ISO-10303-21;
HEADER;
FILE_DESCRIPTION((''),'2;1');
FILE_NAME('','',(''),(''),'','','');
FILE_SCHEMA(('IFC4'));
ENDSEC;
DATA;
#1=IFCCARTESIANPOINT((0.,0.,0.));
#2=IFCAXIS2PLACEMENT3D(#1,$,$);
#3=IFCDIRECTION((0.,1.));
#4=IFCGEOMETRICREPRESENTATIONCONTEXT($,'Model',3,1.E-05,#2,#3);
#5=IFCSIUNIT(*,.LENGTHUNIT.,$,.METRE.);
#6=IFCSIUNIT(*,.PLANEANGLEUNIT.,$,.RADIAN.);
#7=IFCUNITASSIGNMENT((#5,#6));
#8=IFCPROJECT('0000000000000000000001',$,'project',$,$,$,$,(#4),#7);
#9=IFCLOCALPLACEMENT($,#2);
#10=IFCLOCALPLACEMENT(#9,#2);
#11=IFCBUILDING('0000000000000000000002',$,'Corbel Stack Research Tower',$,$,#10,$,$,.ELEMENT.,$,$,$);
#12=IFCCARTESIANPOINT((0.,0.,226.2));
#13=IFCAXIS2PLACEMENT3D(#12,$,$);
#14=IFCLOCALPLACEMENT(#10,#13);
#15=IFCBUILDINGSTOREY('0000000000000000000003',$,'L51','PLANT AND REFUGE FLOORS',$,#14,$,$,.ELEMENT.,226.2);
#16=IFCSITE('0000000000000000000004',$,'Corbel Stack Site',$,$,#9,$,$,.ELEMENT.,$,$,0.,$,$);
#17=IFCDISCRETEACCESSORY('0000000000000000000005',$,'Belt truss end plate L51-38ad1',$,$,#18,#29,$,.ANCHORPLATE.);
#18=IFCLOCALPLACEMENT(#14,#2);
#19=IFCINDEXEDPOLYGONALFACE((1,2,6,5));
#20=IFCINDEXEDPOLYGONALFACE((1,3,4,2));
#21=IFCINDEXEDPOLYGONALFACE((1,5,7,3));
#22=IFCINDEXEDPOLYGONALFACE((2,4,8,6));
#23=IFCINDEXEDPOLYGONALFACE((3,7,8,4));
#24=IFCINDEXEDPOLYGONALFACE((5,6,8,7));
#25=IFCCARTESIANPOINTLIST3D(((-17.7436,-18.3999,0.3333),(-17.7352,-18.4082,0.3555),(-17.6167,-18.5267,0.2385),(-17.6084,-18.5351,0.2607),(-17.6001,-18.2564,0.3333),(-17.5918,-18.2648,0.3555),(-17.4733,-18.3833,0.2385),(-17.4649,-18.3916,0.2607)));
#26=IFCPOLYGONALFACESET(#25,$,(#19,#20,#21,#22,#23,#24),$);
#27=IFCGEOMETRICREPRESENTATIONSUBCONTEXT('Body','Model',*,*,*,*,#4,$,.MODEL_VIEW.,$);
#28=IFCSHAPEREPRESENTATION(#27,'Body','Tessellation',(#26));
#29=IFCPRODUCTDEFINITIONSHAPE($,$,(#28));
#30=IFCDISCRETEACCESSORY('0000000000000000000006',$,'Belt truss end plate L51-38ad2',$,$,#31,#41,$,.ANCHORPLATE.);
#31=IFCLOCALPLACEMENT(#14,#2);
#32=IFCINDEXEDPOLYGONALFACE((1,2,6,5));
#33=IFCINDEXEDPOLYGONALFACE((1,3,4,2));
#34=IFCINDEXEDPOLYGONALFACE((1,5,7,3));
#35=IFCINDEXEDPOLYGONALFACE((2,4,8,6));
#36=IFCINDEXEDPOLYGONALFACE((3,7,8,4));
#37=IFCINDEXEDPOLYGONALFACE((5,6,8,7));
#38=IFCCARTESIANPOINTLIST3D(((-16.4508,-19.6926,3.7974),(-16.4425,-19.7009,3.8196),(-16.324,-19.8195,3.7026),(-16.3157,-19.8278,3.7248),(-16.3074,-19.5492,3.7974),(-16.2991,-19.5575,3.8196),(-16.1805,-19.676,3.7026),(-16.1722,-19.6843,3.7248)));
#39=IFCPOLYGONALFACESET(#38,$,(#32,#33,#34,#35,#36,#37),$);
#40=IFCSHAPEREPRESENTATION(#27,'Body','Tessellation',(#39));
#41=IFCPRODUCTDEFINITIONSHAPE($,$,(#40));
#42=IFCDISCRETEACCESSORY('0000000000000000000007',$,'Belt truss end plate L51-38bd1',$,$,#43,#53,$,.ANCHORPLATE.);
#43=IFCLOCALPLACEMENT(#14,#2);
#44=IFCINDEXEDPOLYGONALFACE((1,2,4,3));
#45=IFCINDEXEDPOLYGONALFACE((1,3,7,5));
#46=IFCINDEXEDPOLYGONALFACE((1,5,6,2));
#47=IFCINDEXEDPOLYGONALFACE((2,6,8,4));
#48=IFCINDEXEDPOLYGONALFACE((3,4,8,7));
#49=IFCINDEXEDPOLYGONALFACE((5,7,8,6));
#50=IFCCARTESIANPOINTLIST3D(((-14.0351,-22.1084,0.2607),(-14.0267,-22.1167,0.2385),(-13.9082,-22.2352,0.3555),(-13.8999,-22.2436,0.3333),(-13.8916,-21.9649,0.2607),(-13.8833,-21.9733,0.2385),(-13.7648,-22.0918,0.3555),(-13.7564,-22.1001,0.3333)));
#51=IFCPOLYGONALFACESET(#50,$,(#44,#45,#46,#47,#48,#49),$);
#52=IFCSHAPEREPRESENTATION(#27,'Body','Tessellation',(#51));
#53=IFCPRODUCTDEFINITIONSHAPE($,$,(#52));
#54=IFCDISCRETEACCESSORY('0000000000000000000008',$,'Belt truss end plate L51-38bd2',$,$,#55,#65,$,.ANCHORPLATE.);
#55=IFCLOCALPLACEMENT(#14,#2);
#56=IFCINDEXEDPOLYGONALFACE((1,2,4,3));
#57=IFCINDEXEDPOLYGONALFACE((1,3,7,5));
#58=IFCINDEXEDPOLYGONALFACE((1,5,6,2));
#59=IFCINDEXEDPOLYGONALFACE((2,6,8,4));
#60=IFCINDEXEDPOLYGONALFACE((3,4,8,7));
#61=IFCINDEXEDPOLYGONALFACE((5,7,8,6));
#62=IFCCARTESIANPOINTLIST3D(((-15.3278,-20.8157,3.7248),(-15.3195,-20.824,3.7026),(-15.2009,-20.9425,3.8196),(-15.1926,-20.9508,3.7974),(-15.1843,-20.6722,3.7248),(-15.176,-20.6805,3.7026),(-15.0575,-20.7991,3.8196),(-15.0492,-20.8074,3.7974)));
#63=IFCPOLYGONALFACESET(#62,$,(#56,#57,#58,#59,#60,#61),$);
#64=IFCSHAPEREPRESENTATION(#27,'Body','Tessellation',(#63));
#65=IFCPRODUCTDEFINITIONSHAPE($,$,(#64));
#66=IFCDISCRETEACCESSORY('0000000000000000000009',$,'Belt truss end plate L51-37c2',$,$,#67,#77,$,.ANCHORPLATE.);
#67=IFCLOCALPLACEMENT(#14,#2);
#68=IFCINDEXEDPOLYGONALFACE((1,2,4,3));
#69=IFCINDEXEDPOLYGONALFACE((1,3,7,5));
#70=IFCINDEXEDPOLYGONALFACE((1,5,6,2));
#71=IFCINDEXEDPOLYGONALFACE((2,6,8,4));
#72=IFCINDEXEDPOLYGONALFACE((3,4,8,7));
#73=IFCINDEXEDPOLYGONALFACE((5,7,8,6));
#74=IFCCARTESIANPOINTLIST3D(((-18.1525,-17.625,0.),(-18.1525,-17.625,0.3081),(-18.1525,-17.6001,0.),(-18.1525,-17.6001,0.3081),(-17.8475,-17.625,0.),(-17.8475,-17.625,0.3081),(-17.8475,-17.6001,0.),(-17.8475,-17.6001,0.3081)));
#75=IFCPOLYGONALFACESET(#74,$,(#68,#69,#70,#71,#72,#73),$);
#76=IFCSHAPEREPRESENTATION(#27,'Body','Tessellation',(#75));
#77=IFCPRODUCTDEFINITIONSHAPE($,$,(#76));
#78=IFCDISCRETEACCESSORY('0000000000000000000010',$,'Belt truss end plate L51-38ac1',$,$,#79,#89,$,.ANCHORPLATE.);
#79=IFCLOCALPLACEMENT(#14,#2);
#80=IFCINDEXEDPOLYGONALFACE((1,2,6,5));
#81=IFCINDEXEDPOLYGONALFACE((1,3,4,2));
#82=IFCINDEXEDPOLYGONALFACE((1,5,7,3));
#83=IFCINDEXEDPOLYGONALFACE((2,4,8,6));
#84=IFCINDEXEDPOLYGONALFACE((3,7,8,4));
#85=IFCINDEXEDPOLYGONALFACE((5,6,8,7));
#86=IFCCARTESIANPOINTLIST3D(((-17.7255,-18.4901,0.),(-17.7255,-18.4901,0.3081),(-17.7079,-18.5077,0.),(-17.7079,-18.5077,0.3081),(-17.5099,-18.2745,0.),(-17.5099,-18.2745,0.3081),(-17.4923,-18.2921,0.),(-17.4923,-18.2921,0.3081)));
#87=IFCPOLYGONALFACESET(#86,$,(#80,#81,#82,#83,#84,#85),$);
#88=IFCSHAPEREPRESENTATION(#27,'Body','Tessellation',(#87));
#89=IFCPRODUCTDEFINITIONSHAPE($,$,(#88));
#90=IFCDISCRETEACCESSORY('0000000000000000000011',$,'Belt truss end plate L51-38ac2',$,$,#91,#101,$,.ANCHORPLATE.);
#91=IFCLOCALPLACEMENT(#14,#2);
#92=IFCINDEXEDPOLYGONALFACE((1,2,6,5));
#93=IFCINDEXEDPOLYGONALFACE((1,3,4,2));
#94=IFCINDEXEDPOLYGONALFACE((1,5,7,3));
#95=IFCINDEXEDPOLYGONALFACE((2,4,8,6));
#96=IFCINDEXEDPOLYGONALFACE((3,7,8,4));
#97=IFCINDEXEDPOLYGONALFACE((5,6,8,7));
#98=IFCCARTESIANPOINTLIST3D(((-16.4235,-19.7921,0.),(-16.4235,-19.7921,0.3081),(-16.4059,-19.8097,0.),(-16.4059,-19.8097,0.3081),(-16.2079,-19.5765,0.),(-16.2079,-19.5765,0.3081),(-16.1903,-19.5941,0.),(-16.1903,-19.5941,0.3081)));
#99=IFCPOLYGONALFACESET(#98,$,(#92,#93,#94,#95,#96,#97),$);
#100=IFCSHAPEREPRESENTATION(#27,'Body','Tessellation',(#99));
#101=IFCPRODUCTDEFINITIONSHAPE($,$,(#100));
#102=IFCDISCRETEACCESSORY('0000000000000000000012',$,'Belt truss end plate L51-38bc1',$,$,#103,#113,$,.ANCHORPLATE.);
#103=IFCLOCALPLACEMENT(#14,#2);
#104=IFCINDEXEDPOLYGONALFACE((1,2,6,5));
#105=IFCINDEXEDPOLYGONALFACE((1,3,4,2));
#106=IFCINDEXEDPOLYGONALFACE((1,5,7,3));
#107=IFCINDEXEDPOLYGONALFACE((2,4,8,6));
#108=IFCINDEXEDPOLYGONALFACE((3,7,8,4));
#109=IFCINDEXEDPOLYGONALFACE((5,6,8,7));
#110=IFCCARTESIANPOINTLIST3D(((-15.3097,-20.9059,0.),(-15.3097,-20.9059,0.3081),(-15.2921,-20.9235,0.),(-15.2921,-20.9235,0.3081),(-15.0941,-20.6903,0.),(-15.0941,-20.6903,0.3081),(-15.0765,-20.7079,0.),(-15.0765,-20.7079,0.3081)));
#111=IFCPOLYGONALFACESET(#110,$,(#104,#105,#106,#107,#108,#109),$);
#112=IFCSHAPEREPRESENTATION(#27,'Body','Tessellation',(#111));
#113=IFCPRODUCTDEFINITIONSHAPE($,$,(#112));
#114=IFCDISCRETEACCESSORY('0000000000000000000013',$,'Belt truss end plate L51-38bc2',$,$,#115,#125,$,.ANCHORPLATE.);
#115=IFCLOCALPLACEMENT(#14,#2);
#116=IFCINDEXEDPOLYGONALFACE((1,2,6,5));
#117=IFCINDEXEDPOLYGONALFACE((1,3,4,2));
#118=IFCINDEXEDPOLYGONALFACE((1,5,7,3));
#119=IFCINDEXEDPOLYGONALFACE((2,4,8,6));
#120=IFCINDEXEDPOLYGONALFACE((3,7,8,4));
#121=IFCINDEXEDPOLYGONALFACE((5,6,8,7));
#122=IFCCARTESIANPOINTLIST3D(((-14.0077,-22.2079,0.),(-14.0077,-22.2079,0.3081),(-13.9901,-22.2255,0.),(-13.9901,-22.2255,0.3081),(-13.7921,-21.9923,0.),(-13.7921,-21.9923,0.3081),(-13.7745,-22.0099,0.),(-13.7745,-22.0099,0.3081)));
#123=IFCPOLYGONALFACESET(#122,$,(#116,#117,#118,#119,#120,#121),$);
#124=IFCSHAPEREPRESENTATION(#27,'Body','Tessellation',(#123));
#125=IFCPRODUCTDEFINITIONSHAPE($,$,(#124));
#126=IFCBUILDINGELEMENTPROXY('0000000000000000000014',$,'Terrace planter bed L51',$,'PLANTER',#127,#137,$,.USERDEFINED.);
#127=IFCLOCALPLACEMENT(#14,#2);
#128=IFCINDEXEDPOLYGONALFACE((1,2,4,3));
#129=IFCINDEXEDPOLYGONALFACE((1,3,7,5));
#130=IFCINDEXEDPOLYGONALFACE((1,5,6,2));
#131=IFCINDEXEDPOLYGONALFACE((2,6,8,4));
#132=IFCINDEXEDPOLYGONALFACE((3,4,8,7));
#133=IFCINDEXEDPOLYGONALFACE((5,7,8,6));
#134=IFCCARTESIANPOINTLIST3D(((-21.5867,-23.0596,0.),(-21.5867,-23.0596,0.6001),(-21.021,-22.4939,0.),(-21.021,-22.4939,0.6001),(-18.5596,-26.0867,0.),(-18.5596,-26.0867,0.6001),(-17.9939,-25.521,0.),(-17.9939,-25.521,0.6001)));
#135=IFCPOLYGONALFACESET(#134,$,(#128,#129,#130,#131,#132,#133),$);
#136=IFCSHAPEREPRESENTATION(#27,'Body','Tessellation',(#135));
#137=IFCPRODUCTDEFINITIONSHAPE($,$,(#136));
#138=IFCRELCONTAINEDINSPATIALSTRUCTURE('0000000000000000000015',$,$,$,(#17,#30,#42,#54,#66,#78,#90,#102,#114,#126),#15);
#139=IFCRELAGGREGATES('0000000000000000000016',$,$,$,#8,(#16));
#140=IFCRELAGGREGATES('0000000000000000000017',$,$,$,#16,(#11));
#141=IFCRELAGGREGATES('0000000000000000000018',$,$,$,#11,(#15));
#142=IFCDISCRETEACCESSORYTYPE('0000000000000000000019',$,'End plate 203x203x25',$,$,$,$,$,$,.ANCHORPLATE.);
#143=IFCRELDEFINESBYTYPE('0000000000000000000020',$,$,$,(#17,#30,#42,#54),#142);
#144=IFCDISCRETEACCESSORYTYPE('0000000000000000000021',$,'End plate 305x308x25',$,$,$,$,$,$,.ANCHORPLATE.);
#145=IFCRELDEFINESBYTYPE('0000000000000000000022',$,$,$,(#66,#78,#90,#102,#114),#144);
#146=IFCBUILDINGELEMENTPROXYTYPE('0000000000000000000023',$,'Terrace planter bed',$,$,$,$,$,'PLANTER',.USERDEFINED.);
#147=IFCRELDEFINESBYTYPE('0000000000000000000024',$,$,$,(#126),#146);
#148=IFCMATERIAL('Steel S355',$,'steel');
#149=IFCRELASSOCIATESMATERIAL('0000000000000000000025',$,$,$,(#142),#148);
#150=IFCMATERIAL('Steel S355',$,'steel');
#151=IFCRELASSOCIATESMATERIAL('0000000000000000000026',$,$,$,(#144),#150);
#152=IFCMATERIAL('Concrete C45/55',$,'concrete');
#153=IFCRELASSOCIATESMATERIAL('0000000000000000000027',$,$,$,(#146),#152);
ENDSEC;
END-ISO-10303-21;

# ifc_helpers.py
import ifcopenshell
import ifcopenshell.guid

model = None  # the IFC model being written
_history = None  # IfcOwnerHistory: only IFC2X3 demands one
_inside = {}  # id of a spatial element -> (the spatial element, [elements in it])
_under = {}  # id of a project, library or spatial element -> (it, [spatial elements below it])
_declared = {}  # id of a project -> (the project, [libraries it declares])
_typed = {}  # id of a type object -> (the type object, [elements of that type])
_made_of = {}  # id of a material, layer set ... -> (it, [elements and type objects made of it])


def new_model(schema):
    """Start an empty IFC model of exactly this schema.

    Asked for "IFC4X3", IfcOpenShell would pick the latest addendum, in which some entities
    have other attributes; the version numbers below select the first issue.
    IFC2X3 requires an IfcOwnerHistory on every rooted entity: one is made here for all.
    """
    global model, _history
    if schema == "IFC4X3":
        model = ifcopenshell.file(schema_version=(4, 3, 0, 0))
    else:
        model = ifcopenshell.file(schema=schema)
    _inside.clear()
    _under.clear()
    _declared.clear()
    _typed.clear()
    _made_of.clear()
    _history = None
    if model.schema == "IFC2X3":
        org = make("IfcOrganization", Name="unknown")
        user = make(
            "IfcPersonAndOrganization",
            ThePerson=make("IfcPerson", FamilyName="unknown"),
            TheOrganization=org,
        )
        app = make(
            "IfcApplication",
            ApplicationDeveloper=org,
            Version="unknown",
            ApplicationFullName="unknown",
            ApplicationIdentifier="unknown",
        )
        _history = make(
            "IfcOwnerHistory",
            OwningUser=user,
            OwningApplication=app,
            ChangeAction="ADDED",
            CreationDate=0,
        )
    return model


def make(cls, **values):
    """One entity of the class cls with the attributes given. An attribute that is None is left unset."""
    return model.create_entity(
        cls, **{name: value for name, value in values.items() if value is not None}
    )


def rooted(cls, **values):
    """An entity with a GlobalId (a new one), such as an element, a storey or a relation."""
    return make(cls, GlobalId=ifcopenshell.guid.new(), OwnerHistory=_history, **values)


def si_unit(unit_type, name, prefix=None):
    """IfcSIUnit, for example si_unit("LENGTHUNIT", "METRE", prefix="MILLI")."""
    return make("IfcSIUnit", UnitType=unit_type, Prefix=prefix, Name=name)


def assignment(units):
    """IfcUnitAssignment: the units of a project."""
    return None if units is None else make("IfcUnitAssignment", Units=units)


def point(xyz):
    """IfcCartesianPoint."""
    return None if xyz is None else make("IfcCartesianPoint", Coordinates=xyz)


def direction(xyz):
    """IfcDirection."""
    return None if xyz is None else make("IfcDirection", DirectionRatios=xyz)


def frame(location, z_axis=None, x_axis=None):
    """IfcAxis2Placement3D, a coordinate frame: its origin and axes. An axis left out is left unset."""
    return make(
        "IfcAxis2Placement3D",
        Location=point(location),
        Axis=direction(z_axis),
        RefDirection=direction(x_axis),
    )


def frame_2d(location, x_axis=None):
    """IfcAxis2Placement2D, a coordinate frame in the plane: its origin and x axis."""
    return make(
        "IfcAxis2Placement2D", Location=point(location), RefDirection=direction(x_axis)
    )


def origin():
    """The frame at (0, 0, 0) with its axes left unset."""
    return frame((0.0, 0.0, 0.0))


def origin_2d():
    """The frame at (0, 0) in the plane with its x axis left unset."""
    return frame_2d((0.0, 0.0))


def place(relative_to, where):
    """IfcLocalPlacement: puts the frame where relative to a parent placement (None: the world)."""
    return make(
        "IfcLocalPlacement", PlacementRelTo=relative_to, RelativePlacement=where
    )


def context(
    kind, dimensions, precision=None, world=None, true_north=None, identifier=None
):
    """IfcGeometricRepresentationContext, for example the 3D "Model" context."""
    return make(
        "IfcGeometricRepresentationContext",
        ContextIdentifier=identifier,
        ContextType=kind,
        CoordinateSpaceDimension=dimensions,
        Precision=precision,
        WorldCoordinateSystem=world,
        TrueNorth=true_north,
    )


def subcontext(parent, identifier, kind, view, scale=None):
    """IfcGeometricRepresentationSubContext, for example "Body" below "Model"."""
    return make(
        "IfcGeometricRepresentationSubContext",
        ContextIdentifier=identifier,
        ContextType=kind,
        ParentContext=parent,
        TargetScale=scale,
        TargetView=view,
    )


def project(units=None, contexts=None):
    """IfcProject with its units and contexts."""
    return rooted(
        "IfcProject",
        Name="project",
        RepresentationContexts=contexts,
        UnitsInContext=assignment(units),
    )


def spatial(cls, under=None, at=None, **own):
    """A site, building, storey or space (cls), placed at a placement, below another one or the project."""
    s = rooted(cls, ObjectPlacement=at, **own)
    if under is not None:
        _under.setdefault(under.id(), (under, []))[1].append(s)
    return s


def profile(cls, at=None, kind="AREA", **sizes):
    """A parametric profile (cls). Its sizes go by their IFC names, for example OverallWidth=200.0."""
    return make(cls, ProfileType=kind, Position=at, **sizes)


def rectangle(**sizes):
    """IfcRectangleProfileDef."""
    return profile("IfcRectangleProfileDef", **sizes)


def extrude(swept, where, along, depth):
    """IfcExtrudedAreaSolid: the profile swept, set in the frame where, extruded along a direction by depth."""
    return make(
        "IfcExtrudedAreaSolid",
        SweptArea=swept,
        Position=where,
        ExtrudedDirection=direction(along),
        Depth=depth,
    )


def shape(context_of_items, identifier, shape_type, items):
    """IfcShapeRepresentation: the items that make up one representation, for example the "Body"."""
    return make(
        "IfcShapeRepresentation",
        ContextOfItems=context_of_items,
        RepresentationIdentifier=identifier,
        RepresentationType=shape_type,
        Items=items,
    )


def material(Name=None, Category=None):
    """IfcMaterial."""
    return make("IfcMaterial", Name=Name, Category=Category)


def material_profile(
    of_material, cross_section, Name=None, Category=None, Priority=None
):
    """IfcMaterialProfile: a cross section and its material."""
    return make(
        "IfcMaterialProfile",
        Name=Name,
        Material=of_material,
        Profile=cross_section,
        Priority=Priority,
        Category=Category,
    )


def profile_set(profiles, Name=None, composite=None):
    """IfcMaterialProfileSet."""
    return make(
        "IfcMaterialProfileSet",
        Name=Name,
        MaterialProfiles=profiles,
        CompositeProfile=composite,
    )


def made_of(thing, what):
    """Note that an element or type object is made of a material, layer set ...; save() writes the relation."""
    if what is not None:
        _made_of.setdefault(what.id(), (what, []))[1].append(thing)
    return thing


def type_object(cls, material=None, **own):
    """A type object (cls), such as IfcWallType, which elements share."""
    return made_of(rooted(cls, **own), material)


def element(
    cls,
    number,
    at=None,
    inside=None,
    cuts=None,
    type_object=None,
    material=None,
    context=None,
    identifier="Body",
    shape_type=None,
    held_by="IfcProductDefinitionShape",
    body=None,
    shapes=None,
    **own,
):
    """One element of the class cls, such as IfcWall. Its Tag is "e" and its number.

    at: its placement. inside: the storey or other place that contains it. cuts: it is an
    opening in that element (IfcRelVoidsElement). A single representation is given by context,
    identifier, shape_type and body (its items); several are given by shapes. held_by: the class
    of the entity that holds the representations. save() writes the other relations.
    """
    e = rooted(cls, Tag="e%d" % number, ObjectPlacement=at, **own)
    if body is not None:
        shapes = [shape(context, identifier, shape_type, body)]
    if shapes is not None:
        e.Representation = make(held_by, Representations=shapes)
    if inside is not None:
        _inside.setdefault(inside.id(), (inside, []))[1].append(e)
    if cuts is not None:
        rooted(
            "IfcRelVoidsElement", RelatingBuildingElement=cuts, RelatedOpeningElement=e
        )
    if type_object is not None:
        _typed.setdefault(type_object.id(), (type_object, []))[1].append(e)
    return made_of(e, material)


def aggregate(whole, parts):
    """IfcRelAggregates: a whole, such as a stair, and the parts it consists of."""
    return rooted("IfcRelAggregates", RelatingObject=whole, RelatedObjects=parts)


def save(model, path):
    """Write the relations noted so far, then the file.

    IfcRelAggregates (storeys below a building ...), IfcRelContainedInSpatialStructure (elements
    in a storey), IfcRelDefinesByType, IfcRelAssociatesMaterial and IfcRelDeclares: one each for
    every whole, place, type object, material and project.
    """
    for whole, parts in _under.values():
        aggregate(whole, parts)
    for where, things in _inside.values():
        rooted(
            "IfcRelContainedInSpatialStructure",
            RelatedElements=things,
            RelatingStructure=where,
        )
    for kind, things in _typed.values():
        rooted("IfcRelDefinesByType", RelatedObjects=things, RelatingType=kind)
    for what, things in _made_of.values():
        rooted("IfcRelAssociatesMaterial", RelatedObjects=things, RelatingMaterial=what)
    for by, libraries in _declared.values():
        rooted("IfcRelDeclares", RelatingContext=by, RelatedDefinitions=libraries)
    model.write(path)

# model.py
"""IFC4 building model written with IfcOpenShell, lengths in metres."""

from ifc_helpers import new_model, si_unit, direction, frame, origin, origin_2d, place, context, subcontext, project, spatial, rectangle, extrude, material, material_profile, profile_set, type_object, element, save


model = new_model("IFC4")

# Units and contexts
model_context = context("Model", 3, precision=1e-05, world=origin(), true_north=direction((0.0, 1.0)))
body_context = subcontext(model_context, "Body", "Model", "MODEL_VIEW")
ifc_project = project(units=[si_unit("LENGTHUNIT", "METRE"), si_unit("PLANEANGLEUNIT", "RADIAN")], contexts=[model_context])

# Site, building, storey
site_placement = place(None, origin())
site = spatial("IfcSite", under=ifc_project, at=site_placement, Name="Corbel Stack Site", CompositionType="ELEMENT", RefElevation=0.0)
building_placement = place(site_placement, origin())
building = spatial("IfcBuilding", under=site, at=building_placement, Name="Corbel Stack Research Tower", CompositionType="ELEMENT")
storey_placement = place(building_placement, frame((0.0, 0.0, 226.2)))
storey = spatial("IfcBuildingStorey", under=building, at=storey_placement, Name="L51", Description="PLANT AND REFUGE FLOORS", CompositionType="ELEMENT", Elevation=226.2)

# Discrete accessories
ifc_material_1 = material(Name="Steel S355", Category="steel")
ifc_material_profile_1 = material_profile(ifc_material_1, rectangle(XDim=0.2029, YDim=0.2029, at=origin_2d()), Name="End plate 203x203x25")
ifc_profile_set_1 = profile_set([ifc_material_profile_1], Name="Steel S355")
discrete_accessory_type_1 = type_object("IfcDiscreteAccessoryType", Name="End plate 203x203x25", PredefinedType="ANCHORPLATE", material=ifc_profile_set_1)
for number, where, z_axis, x_axis, name in (
    (1, (-17.6001, -18.3999, 0.3081), (-0.330346, 0.330346, -0.884162), (-0.707107, -0.707107, 0.0), "Belt truss end plate L51-38ad1"),
    (2, (-16.3157, -19.6843, 3.75), (0.330346, -0.330346, 0.884162), (0.707107, 0.707107, 0.0), "Belt truss end plate L51-38ad2"),
    (3, (-13.8999, -22.1001, 0.3081), (0.330346, -0.330346, -0.884162), (0.707107, 0.707107, 0.0), "Belt truss end plate L51-38bd1"),
    (4, (-15.1843, -20.8157, 3.75), (-0.330346, 0.330346, 0.884162), (-0.707107, -0.707107, 0.0), "Belt truss end plate L51-38bd2"),
):
    element("IfcDiscreteAccessory", number, at=place(storey_placement, frame(where, z_axis=z_axis, x_axis=x_axis)), inside=storey, type_object=discrete_accessory_type_1, Name=name, PredefinedType="ANCHORPLATE", context=body_context, shape_type="SweptSolid", body=[
        extrude(rectangle(XDim=0.2029, YDim=0.2029, at=origin_2d()), origin(), (0.0, 0.0, 1.0), 0.0251),
    ])
ifc_material_2 = material(Name="Steel S355", Category="steel")
ifc_material_profile_2 = material_profile(ifc_material_2, rectangle(XDim=0.3049, YDim=0.3081, at=origin_2d()), Name="End plate 305x308x25")
ifc_profile_set_2 = profile_set([ifc_material_profile_2], Name="Steel S355")
discrete_accessory_type_2 = type_object("IfcDiscreteAccessoryType", Name="End plate 305x308x25", PredefinedType="ANCHORPLATE", material=ifc_profile_set_2)
for number, where, z_axis, x_axis, name in (
    (5, (-18.0, -17.6001, 0.1541), (0.0, -1.0, 0.0), (1.0, 0.0, 0.0), "Belt truss end plate L51-37c2"),
    (6, (-17.6001, -18.3999, 0.1541), (-0.707107, 0.707107, 0.0), (-0.707107, -0.707107, 0.0), "Belt truss end plate L51-38ac1"),
    (7, (-16.3157, -19.6843, 0.1541), (0.707107, -0.707107, 0.0), (0.707107, 0.707107, 0.0), "Belt truss end plate L51-38ac2"),
    (8, (-15.1843, -20.8157, 0.1541), (-0.707107, 0.707107, 0.0), (-0.707107, -0.707107, 0.0), "Belt truss end plate L51-38bc1"),
    (9, (-13.8999, -22.1001, 0.1541), (0.707107, -0.707107, 0.0), (0.707107, 0.707107, 0.0), "Belt truss end plate L51-38bc2"),
):
    element("IfcDiscreteAccessory", number, at=place(storey_placement, frame(where, z_axis=z_axis, x_axis=x_axis)), inside=storey, type_object=discrete_accessory_type_2, Name=name, PredefinedType="ANCHORPLATE", context=body_context, shape_type="SweptSolid", body=[
        extrude(rectangle(XDim=0.3049, YDim=0.3081, at=origin_2d()), origin(), (0.0, 0.0, 1.0), 0.0249),
    ])

# Building element proxy
ifc_material_3 = material(Name="Concrete C45/55", Category="concrete")
building_element_proxy_type = type_object("IfcBuildingElementProxyType", Name="Terrace planter bed", ElementType="PLANTER", PredefinedType="USERDEFINED", material=ifc_material_3)
proxy_placement = place(storey_placement, frame((-19.7903, -24.2903, 0.0), z_axis=(0.0, 0.0, 1.0), x_axis=(-0.707107, 0.707107, 0.0)))
element("IfcBuildingElementProxy", 10, at=proxy_placement, inside=storey, type_object=building_element_proxy_type, Name="Terrace planter bed L51", ObjectType="PLANTER", PredefinedType="USERDEFINED", context=body_context, shape_type="SweptSolid", body=[
    extrude(rectangle(XDim=4.281, YDim=0.8, at=origin_2d()), origin(), (0.0, 0.0, 1.0), 0.6001),
])

save(model, "model.ifc")
